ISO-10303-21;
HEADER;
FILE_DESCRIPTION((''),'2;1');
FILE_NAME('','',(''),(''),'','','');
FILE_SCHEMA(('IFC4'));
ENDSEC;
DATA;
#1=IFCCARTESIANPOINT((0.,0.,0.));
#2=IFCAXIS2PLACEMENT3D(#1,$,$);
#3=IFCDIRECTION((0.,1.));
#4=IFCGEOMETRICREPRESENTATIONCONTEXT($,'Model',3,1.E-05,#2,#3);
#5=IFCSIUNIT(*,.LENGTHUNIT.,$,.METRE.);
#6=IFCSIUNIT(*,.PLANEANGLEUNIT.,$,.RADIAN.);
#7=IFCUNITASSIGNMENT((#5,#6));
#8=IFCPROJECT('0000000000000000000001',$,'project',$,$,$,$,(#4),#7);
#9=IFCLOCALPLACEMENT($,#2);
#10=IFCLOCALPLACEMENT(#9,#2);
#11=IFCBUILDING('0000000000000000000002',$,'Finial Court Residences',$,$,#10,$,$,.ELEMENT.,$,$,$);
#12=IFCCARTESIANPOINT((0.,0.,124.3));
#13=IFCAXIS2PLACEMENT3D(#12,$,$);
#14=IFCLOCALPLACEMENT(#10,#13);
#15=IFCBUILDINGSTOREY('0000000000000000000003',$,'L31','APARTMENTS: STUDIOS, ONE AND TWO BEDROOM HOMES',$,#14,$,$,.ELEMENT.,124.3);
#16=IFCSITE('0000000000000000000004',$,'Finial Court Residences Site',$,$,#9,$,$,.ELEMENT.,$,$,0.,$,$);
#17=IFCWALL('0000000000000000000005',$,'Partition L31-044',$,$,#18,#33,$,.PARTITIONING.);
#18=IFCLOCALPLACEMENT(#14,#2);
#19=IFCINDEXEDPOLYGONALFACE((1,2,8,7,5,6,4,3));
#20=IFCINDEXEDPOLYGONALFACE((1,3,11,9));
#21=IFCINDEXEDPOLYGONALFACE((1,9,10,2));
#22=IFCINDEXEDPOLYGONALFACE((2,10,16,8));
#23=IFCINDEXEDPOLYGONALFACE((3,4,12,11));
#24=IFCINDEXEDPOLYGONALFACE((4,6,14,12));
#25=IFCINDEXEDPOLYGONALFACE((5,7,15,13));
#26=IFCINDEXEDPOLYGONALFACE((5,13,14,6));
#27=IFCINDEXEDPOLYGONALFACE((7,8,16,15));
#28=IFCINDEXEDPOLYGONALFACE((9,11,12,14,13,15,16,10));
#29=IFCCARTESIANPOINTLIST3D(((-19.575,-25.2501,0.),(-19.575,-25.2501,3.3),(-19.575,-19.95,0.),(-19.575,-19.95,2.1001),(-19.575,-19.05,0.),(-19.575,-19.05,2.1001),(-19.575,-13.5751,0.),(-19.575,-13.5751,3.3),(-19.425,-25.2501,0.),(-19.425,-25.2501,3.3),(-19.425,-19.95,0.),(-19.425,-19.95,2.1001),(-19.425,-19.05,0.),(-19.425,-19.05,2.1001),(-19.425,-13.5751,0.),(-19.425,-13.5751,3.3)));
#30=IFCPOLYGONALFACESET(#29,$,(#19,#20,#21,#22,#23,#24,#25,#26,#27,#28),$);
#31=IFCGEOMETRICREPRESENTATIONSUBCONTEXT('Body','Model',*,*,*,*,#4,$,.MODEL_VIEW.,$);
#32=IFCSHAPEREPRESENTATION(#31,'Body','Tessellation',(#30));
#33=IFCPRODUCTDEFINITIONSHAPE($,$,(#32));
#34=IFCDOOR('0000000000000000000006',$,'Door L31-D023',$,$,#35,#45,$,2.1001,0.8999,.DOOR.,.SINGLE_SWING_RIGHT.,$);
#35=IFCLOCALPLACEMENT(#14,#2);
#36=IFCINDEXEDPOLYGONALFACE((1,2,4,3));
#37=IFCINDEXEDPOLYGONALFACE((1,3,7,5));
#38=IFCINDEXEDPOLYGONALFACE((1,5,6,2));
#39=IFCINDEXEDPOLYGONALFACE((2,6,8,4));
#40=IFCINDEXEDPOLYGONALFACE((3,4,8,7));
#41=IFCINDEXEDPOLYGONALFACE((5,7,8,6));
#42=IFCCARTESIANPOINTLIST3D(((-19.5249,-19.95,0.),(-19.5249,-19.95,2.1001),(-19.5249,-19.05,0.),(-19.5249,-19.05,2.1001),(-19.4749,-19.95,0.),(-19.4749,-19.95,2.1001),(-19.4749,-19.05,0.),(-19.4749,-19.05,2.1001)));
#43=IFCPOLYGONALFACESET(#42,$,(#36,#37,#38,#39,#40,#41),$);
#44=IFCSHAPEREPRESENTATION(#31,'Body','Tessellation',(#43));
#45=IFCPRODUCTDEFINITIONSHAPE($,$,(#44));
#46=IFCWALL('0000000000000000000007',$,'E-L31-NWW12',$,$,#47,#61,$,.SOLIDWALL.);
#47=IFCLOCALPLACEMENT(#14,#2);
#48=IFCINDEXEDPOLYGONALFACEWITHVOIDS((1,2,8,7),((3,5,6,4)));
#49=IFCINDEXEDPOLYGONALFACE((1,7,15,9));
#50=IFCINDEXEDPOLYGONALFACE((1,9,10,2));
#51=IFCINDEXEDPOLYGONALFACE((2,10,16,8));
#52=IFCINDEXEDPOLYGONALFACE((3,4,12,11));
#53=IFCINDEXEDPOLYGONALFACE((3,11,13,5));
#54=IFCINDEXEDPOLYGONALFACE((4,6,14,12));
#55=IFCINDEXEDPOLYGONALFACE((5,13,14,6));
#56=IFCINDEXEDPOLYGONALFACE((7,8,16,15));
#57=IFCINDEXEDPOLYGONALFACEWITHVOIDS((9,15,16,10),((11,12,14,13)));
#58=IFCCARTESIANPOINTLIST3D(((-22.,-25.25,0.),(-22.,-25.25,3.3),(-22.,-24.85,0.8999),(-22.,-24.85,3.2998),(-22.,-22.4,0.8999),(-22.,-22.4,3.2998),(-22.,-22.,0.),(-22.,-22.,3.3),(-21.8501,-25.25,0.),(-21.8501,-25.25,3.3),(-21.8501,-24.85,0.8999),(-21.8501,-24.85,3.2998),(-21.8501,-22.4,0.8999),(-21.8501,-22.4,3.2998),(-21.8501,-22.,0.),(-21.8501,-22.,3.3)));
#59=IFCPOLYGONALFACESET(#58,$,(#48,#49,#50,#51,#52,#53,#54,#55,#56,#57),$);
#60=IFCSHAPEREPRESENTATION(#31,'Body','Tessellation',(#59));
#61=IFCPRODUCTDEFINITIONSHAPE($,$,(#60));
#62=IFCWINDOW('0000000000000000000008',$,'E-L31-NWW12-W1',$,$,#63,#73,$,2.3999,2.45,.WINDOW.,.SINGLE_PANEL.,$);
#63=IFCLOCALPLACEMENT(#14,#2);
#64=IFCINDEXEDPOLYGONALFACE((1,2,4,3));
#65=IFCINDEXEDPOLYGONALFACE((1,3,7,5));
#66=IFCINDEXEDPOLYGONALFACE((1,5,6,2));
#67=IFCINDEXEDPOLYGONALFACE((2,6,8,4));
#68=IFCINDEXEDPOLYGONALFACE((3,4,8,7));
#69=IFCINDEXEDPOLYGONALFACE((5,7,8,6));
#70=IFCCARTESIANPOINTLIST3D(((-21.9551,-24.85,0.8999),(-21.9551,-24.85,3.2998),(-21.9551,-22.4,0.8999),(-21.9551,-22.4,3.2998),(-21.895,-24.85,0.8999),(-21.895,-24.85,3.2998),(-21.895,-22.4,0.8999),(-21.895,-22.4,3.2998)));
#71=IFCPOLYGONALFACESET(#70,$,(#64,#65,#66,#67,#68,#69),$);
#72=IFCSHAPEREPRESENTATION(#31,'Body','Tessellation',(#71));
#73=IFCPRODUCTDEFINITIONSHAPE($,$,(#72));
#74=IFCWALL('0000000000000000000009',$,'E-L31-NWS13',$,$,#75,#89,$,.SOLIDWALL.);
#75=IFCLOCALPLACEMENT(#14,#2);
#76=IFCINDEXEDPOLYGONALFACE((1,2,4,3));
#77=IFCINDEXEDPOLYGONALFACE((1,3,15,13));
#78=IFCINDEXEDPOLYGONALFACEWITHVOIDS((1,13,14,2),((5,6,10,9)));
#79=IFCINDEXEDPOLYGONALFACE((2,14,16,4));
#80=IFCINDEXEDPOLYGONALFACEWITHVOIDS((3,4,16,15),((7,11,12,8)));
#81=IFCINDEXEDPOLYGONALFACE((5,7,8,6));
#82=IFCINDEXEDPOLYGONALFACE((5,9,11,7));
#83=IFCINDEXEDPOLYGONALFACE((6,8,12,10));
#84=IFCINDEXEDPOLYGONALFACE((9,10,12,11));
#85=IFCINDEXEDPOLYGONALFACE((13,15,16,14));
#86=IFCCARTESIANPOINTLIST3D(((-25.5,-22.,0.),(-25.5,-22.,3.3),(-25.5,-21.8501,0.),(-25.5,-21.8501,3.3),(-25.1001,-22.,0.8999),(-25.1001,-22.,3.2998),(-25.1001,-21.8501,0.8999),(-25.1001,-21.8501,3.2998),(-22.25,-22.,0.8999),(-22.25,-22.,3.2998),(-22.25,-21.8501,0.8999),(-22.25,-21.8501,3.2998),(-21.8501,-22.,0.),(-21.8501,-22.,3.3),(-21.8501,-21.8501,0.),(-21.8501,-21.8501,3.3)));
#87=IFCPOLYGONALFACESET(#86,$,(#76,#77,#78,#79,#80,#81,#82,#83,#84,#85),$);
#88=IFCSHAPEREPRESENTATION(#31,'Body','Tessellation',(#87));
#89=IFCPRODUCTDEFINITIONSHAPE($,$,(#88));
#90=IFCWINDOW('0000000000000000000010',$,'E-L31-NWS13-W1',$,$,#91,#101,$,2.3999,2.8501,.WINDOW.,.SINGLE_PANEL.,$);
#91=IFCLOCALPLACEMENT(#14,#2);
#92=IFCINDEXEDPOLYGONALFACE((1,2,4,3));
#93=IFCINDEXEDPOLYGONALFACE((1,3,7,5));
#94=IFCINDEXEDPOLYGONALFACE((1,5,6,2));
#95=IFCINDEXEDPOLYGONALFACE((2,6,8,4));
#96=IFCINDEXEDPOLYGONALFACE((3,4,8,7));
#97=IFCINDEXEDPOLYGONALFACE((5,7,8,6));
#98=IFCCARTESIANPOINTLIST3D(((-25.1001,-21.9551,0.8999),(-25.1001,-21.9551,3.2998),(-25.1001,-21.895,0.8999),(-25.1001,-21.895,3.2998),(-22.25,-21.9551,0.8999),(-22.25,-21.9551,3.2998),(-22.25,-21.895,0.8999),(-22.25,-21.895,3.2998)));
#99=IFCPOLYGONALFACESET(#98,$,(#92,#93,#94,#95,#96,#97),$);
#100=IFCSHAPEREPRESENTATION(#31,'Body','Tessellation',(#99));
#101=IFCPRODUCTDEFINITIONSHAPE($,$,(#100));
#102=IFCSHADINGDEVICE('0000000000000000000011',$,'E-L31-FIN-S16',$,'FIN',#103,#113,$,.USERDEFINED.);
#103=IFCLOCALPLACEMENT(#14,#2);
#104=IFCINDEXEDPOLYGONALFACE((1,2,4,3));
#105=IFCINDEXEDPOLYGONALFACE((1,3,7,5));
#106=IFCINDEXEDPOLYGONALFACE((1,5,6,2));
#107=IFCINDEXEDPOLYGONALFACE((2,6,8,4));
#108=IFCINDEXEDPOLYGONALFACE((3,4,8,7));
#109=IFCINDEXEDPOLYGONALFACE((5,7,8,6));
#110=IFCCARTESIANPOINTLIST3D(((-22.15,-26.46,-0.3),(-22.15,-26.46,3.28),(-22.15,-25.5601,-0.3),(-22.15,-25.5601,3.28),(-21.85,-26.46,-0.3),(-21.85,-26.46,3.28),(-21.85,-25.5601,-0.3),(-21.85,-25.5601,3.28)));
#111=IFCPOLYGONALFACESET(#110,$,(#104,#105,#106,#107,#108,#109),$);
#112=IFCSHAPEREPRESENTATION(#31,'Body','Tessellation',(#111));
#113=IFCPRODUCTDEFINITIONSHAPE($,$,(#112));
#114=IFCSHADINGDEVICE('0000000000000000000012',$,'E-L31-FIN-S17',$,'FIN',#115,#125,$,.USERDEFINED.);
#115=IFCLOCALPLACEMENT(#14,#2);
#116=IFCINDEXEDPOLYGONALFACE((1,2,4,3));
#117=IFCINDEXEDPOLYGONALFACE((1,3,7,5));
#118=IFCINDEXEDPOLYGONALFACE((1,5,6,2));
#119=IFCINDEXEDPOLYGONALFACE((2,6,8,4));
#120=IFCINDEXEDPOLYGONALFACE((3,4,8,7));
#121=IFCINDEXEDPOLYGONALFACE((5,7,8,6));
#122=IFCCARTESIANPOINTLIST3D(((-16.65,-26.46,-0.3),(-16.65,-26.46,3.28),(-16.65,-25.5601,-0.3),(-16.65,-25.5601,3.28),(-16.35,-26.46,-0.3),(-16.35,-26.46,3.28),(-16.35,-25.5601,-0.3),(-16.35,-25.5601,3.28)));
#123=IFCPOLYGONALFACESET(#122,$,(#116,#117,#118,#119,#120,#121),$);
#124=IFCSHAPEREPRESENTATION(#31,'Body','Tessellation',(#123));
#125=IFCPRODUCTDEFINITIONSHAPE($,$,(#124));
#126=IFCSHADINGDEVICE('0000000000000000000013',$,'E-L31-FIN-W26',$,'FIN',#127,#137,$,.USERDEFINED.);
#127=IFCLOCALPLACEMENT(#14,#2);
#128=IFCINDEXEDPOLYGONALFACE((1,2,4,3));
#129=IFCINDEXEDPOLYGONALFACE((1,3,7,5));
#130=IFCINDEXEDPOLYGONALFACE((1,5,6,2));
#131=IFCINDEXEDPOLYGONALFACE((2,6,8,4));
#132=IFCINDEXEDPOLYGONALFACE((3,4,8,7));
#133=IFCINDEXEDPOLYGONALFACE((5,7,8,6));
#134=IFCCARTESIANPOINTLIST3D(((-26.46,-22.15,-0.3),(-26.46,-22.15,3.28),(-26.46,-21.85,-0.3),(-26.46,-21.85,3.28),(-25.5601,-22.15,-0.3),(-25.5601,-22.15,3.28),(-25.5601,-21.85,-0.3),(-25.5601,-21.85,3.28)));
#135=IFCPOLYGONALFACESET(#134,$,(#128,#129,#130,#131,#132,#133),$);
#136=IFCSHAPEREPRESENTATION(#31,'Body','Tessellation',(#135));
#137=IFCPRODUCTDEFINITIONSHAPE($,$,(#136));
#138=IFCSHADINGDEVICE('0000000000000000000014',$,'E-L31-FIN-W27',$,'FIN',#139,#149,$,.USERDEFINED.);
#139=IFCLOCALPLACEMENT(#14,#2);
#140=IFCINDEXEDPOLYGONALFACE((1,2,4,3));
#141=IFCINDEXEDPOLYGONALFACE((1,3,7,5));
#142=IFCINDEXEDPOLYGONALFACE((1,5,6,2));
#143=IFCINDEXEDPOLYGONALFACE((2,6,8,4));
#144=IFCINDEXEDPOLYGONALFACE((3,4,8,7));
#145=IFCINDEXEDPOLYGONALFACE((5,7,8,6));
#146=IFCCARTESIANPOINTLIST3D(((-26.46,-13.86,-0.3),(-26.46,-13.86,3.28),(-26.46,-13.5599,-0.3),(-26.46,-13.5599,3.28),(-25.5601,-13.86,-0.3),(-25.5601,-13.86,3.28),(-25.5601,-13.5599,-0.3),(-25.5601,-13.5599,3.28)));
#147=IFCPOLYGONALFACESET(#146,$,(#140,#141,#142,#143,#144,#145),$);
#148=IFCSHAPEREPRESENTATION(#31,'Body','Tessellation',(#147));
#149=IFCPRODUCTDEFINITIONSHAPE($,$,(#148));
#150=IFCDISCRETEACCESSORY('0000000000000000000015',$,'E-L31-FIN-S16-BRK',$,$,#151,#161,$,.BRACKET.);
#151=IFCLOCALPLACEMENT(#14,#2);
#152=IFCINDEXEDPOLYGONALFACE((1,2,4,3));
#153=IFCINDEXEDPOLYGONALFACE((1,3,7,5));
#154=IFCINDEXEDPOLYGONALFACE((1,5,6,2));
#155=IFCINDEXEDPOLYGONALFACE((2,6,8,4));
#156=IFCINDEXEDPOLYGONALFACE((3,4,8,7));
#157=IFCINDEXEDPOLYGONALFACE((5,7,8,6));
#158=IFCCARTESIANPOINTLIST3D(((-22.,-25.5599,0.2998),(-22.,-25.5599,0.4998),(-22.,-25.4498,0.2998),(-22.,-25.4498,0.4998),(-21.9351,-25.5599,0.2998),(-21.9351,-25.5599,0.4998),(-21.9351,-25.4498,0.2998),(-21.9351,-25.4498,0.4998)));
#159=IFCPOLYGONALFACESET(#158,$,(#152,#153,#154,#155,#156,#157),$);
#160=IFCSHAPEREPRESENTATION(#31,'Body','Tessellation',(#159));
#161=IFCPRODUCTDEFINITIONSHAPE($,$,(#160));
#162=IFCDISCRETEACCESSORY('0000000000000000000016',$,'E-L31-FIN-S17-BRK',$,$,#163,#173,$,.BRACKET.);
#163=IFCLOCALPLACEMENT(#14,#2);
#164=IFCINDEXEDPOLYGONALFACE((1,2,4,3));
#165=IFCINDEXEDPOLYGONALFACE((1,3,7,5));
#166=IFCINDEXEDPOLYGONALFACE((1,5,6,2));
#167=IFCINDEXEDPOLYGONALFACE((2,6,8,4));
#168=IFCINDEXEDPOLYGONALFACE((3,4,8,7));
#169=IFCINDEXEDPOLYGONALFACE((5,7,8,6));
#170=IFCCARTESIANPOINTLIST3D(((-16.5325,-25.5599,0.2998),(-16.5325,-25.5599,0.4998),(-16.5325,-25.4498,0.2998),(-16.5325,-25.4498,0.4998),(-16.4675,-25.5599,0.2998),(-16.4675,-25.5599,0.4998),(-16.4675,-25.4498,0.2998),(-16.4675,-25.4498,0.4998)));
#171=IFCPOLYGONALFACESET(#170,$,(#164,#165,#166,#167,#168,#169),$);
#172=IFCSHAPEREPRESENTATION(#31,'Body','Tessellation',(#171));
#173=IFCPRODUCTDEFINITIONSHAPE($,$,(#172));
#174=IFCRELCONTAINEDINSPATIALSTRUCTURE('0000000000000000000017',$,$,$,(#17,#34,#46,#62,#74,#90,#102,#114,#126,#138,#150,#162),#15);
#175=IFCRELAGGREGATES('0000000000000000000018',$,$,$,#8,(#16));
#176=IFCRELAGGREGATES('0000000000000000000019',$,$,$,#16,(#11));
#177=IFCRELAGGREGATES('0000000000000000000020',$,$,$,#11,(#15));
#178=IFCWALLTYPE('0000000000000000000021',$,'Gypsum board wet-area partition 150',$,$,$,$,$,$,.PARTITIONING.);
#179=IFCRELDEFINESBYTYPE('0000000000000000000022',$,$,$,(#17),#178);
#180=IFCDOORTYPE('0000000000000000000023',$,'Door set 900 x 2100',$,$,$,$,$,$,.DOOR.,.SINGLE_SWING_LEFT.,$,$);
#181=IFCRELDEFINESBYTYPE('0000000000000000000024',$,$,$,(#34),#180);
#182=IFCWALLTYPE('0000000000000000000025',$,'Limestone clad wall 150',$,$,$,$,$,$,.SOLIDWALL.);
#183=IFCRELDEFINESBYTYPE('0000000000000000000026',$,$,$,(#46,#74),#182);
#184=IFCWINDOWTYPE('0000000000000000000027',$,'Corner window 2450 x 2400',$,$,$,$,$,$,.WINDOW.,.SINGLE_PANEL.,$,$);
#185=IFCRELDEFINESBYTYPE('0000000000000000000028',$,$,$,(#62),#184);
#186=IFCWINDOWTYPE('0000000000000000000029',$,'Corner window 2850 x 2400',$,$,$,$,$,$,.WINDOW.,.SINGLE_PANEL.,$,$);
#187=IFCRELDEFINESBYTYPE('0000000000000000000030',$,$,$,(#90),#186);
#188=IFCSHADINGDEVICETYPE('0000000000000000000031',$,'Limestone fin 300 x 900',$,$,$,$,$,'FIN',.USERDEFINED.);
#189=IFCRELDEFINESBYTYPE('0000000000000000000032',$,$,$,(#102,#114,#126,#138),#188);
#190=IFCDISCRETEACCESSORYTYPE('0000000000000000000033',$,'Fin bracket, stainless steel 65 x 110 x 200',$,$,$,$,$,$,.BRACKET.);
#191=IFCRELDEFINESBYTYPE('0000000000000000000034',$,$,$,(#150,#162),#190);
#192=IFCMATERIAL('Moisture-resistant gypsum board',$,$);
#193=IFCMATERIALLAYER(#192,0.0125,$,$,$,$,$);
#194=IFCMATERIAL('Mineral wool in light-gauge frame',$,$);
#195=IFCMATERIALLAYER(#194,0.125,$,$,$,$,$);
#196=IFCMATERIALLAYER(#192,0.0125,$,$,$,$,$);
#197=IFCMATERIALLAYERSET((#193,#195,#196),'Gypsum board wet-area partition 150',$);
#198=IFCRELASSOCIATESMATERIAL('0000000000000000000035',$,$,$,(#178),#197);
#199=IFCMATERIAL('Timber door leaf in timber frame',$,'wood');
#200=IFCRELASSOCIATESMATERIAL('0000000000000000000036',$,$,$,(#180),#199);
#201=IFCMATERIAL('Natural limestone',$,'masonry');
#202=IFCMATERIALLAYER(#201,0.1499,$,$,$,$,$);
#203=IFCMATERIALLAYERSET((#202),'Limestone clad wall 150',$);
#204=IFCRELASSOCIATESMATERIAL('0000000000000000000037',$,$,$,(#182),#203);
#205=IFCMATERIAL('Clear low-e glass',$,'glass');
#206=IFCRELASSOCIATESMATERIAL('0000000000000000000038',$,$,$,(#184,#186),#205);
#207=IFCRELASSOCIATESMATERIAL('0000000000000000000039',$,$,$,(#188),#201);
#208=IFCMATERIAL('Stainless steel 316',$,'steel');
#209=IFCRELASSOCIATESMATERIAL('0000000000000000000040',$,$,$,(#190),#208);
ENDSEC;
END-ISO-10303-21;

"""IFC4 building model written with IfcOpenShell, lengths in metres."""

from ifc_helpers import new_model, si_unit, direction, frame, frame_2d, origin, origin_2d, place, context, subcontext, project, spatial, rectangle, extrude, material, layer, layer_set, type_object, element, fill, save


model = new_model("IFC4")

# Units and contexts
model_context = context("Model", 3, precision=1e-05, world=origin(), true_north=direction((0.0, 1.0)))
body_context = subcontext(model_context, "Body", "Model", "MODEL_VIEW")
ifc_project = project(units=[si_unit("LENGTHUNIT", "METRE"), si_unit("PLANEANGLEUNIT", "RADIAN")], contexts=[model_context])

# Site, building, storey
site_placement = place(None, origin())
site = spatial("IfcSite", under=ifc_project, at=site_placement, Name="Finial Court Residences Site", CompositionType="ELEMENT", RefElevation=0.0)
building_placement = place(site_placement, origin())
building = spatial("IfcBuilding", under=site, at=building_placement, Name="Finial Court Residences", CompositionType="ELEMENT")
storey_placement = place(building_placement, frame((0.0, 0.0, 124.3)))
storey = spatial("IfcBuildingStorey", under=building, at=storey_placement, Name="L31", Description="APARTMENTS: STUDIOS, ONE AND TWO BEDROOM HOMES", CompositionType="ELEMENT", Elevation=124.3)

# Shared definitions
ifc_material_1 = material(Name="Clear low-e glass", Category="glass")

# Wall, opening, door
ifc_material_2 = material(Name="Moisture-resistant gypsum board")
ifc_layer_1 = layer(ifc_material_2, 0.0125)
ifc_material_3 = material(Name="Mineral wool in light-gauge frame")
ifc_layer_2 = layer(ifc_material_3, 0.125)
ifc_layer_3 = layer(ifc_material_2, 0.0125)
ifc_layer_set_1 = layer_set([ifc_layer_1, ifc_layer_2, ifc_layer_3], Name="Gypsum board wet-area partition 150")
wall_type_1 = type_object("IfcWallType", Name="Gypsum board wet-area partition 150", PredefinedType="PARTITIONING", material=ifc_layer_set_1)
wall_1_placement = place(storey_placement, frame((-19.5, -25.25, 0.0), z_axis=(0.0, 0.0, 1.0), x_axis=(0.0, 1.0, 0.0)))
wall_1 = element("IfcWall", 1, at=wall_1_placement, inside=storey, type_object=wall_type_1, Name="Partition L31-044", PredefinedType="PARTITIONING", context=body_context, shape_type="SweptSolid", body=[
    extrude(rectangle(XDim=11.675, YDim=0.1499, at=frame_2d((5.8374, 0.0))), origin(), (0.0, 0.0, 1.0), 3.3),
])
opening_1_placement = place(wall_1_placement, frame((5.3, 0.0, 0.0)))
opening_1 = element("IfcOpeningElement", 2, at=opening_1_placement, cuts=wall_1, PredefinedType="OPENING", context=body_context, shape_type="SweptSolid", body=[
    extrude(rectangle(XDim=0.8999, YDim=2.1001, at=frame_2d((0.45, 1.05))), frame((0.0, 0.085, 0.0), z_axis=(0.0, -1.0, 0.0), x_axis=(1.0, 0.0, 0.0)), (0.0, 0.0, 1.0), 0.1699),
])
ifc_material_4 = material(Name="Timber door leaf in timber frame", Category="wood")
door_type = type_object("IfcDoorType", Name="Door set 900 x 2100", OperationType="SINGLE_SWING_LEFT", PredefinedType="DOOR", material=ifc_material_4)
door_placement = place(opening_1_placement, origin())
door = element("IfcDoor", 3, at=door_placement, inside=storey, type_object=door_type, Name="Door L31-D023", OperationType="SINGLE_SWING_RIGHT", OverallHeight=2.1001, OverallWidth=0.8999, PredefinedType="DOOR", context=body_context, shape_type="SweptSolid", body=[
    extrude(rectangle(XDim=0.8999, YDim=2.1001, at=frame_2d((0.45, 1.05))), frame((0.0, 0.0249, 0.0), z_axis=(0.0, -1.0, 0.0), x_axis=(1.0, 0.0, 0.0)), (0.0, 0.0, 1.0), 0.05),
])
fill(opening_1, door)

# Walls, openings, windows
ifc_material_5 = material(Name="Natural limestone", Category="masonry")
ifc_layer_4 = layer(ifc_material_5, 0.1499)
ifc_layer_set_2 = layer_set([ifc_layer_4], Name="Limestone clad wall 150")
wall_type_2 = type_object("IfcWallType", Name="Limestone clad wall 150", PredefinedType="SOLIDWALL", material=ifc_layer_set_2)
wall_2_placement = place(storey_placement, frame((-21.925, -25.25, 0.0), z_axis=(0.0, 0.0, 1.0), x_axis=(0.0, 1.0, 0.0)))
wall_2 = element("IfcWall", 4, at=wall_2_placement, inside=storey, type_object=wall_type_2, Name="E-L31-NWW12", PredefinedType="SOLIDWALL", context=body_context, shape_type="SweptSolid", body=[
    extrude(rectangle(XDim=3.25, YDim=0.1499, at=frame_2d((1.625, 0.0))), origin(), (0.0, 0.0, 1.0), 3.3),
])
opening_2_placement = place(wall_2_placement, frame((0.3999, 0.0, 0.8999)))
opening_2 = element("IfcOpeningElement", 5, at=opening_2_placement, cuts=wall_2, PredefinedType="OPENING", context=body_context, shape_type="SweptSolid", body=[
    extrude(rectangle(XDim=2.45, YDim=2.3999, at=frame_2d((1.2251, 1.2))), frame((0.0, 0.085, 0.0), z_axis=(0.0, -1.0, 0.0), x_axis=(1.0, 0.0, 0.0)), (0.0, 0.0, 1.0), 0.1699),
])
window_type_1 = type_object("IfcWindowType", Name="Corner window 2450 x 2400", PartitioningType="SINGLE_PANEL", PredefinedType="WINDOW", material=ifc_material_1)
window_1_placement = place(opening_2_placement, origin())
window_1 = element("IfcWindow", 6, at=window_1_placement, inside=storey, type_object=window_type_1, Name="E-L31-NWW12-W1", OverallHeight=2.3999, OverallWidth=2.45, PartitioningType="SINGLE_PANEL", PredefinedType="WINDOW", context=body_context, shape_type="SweptSolid", body=[
    extrude(rectangle(XDim=2.45, YDim=2.3999, at=frame_2d((1.2251, 1.2))), frame((0.0, 0.03, 0.0), z_axis=(0.0, -1.0, 0.0), x_axis=(1.0, 0.0, 0.0)), (0.0, 0.0, 1.0), 0.0601),
])
fill(opening_2, window_1)
wall_3_placement = place(storey_placement, frame((-21.8501, -21.925, 0.0), z_axis=(0.0, 0.0, 1.0), x_axis=(-1.0, 0.0, 0.0)))
wall_3 = element("IfcWall", 7, at=wall_3_placement, inside=storey, type_object=wall_type_2, Name="E-L31-NWS13", PredefinedType="SOLIDWALL", context=body_context, shape_type="SweptSolid", body=[
    extrude(rectangle(XDim=3.6499, YDim=0.1499, at=frame_2d((1.825, 0.0))), origin(), (0.0, 0.0, 1.0), 3.3),
])
opening_3_placement = place(wall_3_placement, frame((0.3999, 0.0, 0.8999)))
opening_3 = element("IfcOpeningElement", 8, at=opening_3_placement, cuts=wall_3, PredefinedType="OPENING", context=body_context, shape_type="SweptSolid", body=[
    extrude(rectangle(XDim=2.8501, YDim=2.3999, at=frame_2d((1.425, 1.2))), frame((0.0, 0.085, 0.0), z_axis=(0.0, -1.0, 0.0), x_axis=(1.0, 0.0, 0.0)), (0.0, 0.0, 1.0), 0.1699),
])
window_type_2 = type_object("IfcWindowType", Name="Corner window 2850 x 2400", PartitioningType="SINGLE_PANEL", PredefinedType="WINDOW", material=ifc_material_1)
window_2_placement = place(opening_3_placement, origin())
window_2 = element("IfcWindow", 9, at=window_2_placement, inside=storey, type_object=window_type_2, Name="E-L31-NWS13-W1", OverallHeight=2.3999, OverallWidth=2.8501, PartitioningType="SINGLE_PANEL", PredefinedType="WINDOW", context=body_context, shape_type="SweptSolid", body=[
    extrude(rectangle(XDim=2.8501, YDim=2.3999, at=frame_2d((1.425, 1.2))), frame((0.0, 0.03, 0.0), z_axis=(0.0, -1.0, 0.0), x_axis=(1.0, 0.0, 0.0)), (0.0, 0.0, 1.0), 0.0601),
])
fill(opening_3, window_2)

# Shading devices
shading_device_type = type_object("IfcShadingDeviceType", Name="Limestone fin 300 x 900", ElementType="FIN", PredefinedType="USERDEFINED", material=ifc_material_5)
for number, where, z_axis, x_axis, name in (
    (10, (-22.0, -26.01, -0.3), (0.0, 0.0, 1.0), (1.0, 0.0, 0.0), "E-L31-FIN-S16"),
    (11, (-16.5, -26.01, -0.3), (0.0, 0.0, 1.0), (1.0, 0.0, 0.0), "E-L31-FIN-S17"),
):
    element("IfcShadingDevice", number, at=place(storey_placement, frame(where, z_axis=z_axis, x_axis=x_axis)), inside=storey, type_object=shading_device_type, Name=name, ObjectType="FIN", PredefinedType="USERDEFINED", context=body_context, shape_type="SweptSolid", body=[
        extrude(rectangle(XDim=0.3, YDim=0.8999, at=origin_2d()), origin(), (0.0, 0.0, 1.0), 3.5801),
    ])
for number, where, z_axis, x_axis, name in (
    (12, (-26.01, -22.0, -0.3), (0.0, 0.0, 1.0), (1.0, 0.0, 0.0), "E-L31-FIN-W26"),
    (13, (-26.01, -13.71, -0.3), (0.0, 0.0, 1.0), (1.0, 0.0, 0.0), "E-L31-FIN-W27"),
):
    element("IfcShadingDevice", number, at=place(storey_placement, frame(where, z_axis=z_axis, x_axis=x_axis)), inside=storey, type_object=shading_device_type, Name=name, ObjectType="FIN", PredefinedType="USERDEFINED", context=body_context, shape_type="SweptSolid", body=[
        extrude(rectangle(XDim=0.8999, YDim=0.3, at=origin_2d()), origin(), (0.0, 0.0, 1.0), 3.5801),
    ])

# Discrete accessories
ifc_material_6 = material(Name="Stainless steel 316", Category="steel")
discrete_accessory_type = type_object("IfcDiscreteAccessoryType", Name="Fin bracket, stainless steel 65 x 110 x 200", PredefinedType="BRACKET", material=ifc_material_6)
for number, where, z_axis, x_axis, name in (
    (14, (-21.9675, -25.5049, 0.2998), (0.0, 0.0, 1.0), (1.0, 0.0, 0.0), "E-L31-FIN-S16-BRK"),
    (15, (-16.5, -25.5049, 0.2998), (0.0, 0.0, 1.0), (1.0, 0.0, 0.0), "E-L31-FIN-S17-BRK"),
):
    element("IfcDiscreteAccessory", number, at=place(storey_placement, frame(where, z_axis=z_axis, x_axis=x_axis)), inside=storey, type_object=discrete_accessory_type, Name=name, PredefinedType="BRACKET", context=body_context, shape_type="SweptSolid", body=[
        extrude(rectangle(XDim=0.0649, YDim=0.1101, at=origin_2d()), origin(), (0.0, 0.0, 1.0), 0.2),
    ])

save(model, "model.ifc")
